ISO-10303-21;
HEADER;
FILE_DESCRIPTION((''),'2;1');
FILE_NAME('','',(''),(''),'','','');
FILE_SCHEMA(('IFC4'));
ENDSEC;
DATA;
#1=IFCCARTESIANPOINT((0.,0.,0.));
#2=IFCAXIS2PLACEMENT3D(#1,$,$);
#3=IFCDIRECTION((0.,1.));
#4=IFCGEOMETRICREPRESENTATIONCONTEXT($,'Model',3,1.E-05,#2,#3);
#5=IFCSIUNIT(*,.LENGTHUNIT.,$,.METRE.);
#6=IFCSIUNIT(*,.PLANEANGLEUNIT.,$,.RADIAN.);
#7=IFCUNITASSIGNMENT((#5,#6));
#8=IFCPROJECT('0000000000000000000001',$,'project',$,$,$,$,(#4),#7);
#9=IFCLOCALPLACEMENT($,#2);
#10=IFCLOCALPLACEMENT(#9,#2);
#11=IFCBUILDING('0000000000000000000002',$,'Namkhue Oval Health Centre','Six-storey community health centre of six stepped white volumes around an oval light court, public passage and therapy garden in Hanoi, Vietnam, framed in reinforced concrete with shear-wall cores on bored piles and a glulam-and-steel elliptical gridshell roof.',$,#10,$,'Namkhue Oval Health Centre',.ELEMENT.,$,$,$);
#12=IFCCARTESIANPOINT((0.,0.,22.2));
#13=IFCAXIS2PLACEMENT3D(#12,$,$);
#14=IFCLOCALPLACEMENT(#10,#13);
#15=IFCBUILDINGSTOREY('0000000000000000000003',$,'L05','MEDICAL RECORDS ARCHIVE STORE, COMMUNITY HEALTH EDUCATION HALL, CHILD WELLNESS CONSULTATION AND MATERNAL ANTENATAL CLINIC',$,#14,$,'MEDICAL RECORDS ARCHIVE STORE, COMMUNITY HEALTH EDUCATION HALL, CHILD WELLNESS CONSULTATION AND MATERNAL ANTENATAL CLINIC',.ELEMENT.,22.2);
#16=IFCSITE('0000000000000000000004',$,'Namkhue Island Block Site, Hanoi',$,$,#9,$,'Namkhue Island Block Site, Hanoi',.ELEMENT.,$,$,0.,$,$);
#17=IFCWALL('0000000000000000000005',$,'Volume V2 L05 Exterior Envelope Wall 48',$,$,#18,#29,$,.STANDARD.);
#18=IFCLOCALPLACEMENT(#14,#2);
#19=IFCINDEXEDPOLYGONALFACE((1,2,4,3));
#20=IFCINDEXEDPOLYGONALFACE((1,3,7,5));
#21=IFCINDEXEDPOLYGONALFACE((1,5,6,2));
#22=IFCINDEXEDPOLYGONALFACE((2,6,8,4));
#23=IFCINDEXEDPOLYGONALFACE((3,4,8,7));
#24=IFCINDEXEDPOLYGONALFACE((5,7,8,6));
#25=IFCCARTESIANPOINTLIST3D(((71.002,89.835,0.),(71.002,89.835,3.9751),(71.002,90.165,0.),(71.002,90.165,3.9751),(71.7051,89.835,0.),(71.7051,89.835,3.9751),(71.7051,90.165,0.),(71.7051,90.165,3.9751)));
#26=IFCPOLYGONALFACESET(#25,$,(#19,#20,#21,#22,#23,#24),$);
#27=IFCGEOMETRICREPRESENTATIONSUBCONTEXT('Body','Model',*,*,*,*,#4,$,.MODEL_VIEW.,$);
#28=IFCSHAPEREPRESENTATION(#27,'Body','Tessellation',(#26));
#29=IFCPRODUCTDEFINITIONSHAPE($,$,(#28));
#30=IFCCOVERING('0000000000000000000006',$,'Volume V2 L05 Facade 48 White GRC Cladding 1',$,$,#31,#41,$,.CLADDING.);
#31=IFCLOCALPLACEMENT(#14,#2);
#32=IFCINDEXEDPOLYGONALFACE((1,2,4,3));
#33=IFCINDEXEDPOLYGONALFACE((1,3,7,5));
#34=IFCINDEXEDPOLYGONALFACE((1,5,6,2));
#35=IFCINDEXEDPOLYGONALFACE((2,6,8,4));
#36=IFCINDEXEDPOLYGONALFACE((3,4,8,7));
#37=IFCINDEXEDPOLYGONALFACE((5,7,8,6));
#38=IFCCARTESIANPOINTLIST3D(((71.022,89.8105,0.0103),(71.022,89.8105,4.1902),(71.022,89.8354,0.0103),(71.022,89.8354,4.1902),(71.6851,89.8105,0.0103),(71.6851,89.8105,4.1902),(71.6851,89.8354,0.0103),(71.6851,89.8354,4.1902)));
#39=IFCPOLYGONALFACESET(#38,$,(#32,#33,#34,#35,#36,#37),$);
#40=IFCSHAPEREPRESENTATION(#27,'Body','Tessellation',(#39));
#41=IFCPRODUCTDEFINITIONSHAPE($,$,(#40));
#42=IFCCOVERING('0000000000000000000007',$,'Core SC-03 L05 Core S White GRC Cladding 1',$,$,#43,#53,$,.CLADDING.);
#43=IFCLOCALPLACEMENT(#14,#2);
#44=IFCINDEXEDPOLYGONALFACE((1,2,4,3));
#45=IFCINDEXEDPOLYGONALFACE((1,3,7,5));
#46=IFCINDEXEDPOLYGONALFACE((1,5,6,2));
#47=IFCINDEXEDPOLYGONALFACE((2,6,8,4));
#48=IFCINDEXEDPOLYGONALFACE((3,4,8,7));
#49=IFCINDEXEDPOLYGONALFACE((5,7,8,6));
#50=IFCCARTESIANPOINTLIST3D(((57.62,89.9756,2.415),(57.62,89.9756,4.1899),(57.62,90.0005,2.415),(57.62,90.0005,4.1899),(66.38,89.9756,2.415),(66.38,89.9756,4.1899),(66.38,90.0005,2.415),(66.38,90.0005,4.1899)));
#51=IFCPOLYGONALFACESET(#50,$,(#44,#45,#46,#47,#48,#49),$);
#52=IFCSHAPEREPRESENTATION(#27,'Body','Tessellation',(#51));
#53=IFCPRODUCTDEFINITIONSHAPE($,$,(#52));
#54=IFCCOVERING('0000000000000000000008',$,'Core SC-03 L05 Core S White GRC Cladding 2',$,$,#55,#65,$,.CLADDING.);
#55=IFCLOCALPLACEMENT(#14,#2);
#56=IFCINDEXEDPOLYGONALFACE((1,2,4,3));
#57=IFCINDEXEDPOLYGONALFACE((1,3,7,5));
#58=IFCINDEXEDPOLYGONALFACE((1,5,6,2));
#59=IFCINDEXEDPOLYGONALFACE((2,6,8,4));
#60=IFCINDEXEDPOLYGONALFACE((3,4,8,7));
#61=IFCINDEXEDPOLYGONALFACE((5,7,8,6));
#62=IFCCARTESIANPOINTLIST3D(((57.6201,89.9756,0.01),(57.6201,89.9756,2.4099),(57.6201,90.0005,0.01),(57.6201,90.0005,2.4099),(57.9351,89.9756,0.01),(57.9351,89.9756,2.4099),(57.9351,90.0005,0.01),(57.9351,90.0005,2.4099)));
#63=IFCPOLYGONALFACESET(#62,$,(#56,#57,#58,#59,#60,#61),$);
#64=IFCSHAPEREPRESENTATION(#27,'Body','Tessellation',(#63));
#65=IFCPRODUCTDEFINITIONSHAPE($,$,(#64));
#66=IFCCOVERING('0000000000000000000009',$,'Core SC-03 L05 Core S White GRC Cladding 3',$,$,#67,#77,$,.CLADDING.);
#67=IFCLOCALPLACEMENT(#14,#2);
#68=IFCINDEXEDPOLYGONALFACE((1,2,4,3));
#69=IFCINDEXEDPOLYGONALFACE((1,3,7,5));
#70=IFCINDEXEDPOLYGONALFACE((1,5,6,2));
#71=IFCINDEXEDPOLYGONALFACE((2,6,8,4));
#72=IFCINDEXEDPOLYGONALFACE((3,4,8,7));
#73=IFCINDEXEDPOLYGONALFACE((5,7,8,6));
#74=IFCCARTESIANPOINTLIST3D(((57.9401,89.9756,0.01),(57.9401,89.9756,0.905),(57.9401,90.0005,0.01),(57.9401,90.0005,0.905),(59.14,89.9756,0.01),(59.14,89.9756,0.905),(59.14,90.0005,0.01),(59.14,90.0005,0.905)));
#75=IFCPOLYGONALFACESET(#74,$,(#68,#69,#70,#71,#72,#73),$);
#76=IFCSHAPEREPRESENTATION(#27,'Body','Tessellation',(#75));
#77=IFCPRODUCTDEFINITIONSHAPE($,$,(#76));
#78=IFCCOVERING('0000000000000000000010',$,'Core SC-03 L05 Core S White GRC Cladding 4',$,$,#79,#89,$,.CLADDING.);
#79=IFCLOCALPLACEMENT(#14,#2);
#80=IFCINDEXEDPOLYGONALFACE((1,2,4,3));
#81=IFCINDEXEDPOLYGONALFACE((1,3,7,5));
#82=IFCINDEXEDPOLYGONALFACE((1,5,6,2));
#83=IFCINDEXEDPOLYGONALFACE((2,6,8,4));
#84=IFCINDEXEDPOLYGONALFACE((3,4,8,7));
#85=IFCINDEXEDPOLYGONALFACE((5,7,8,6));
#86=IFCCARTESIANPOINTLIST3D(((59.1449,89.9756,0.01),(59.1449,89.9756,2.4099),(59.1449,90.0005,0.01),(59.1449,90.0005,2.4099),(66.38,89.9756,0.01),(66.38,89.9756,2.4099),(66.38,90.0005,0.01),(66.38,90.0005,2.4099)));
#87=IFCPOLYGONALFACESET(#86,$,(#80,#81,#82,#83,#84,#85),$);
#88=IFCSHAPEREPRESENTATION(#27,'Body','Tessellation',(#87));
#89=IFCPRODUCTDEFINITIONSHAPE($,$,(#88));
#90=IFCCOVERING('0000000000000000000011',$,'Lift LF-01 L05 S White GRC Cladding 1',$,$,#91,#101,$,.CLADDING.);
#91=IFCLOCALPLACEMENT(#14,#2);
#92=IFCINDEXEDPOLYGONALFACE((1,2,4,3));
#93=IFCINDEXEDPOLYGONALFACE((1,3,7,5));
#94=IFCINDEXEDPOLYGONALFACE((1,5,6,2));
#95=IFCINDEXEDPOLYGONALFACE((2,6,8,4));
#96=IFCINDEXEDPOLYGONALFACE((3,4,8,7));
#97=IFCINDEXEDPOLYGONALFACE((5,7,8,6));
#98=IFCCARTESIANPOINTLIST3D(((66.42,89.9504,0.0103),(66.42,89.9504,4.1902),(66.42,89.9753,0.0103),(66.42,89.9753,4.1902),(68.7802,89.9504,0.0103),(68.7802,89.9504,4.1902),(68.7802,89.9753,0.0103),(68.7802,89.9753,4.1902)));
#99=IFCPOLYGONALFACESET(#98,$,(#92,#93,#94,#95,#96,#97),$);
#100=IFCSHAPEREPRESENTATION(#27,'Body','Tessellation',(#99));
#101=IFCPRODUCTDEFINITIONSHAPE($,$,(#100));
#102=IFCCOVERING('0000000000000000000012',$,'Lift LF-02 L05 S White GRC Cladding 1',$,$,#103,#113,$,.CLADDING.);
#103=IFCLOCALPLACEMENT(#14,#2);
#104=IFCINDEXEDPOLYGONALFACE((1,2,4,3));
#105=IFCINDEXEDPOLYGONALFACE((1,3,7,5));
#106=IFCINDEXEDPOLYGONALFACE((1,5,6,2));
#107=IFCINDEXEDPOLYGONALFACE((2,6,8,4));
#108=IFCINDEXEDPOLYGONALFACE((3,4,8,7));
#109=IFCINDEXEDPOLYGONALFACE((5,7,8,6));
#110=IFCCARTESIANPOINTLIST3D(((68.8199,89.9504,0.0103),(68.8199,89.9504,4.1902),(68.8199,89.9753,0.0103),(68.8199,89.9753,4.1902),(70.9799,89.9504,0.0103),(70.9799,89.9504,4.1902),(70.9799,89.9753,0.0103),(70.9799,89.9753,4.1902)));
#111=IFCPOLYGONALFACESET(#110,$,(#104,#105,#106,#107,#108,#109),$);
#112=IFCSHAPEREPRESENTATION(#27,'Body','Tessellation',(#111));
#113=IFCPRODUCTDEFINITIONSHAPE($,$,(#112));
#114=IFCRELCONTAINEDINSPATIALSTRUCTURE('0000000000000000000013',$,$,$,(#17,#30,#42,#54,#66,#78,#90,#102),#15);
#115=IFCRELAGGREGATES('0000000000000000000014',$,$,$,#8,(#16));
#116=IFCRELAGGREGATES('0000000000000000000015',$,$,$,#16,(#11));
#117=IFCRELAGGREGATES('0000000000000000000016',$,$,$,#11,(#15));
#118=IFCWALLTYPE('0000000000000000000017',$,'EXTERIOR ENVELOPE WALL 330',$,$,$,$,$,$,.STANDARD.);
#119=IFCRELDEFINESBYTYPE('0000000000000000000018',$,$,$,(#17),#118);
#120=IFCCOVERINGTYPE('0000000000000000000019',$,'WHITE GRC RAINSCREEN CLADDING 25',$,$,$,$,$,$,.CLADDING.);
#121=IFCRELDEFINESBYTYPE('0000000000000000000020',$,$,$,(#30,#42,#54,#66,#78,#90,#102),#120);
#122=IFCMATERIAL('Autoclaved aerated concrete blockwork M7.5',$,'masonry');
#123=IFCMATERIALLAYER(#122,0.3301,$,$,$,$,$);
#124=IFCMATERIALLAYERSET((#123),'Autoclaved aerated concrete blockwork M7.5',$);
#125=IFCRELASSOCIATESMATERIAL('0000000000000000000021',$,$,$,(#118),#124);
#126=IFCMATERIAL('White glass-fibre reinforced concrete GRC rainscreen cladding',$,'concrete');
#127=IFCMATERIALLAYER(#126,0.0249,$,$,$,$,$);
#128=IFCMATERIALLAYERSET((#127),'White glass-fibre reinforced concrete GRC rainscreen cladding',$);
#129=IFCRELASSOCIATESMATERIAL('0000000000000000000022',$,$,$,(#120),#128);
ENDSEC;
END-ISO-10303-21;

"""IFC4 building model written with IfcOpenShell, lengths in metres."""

from ifc_helpers import new_model, si_unit, direction, frame, frame_2d, origin, origin_2d, place, context, subcontext, project, spatial, rectangle, extrude, material, layer, layer_set, type_object, element, save


model = new_model("IFC4")

# Units and contexts
model_context = context("Model", 3, precision=1e-05, world=origin(), true_north=direction((0.0, 1.0)))
body_context = subcontext(model_context, "Body", "Model", "MODEL_VIEW")
ifc_project = project(units=[si_unit("LENGTHUNIT", "METRE"), si_unit("PLANEANGLEUNIT", "RADIAN")], contexts=[model_context])

# Site, building, storey
site_placement = place(None, origin())
site = spatial("IfcSite", under=ifc_project, at=site_placement, Name="Namkhue Island Block Site, Hanoi", LongName="Namkhue Island Block Site, Hanoi", CompositionType="ELEMENT", RefElevation=0.0)
building_placement = place(site_placement, origin())
building = spatial("IfcBuilding", under=site, at=building_placement, Name="Namkhue Oval Health Centre", Description="Six-storey community health centre of six stepped white volumes around an oval light court, public passage and therapy garden in Hanoi, Vietnam, framed in reinforced concrete with shear-wall cores on bored piles and a glulam-and-steel elliptical gridshell roof.", LongName="Namkhue Oval Health Centre", CompositionType="ELEMENT")
storey_placement = place(building_placement, frame((0.0, 0.0, 22.2)))
storey = spatial("IfcBuildingStorey", under=building, at=storey_placement, Name="L05", Description="MEDICAL RECORDS ARCHIVE STORE, COMMUNITY HEALTH EDUCATION HALL, CHILD WELLNESS CONSULTATION AND MATERNAL ANTENATAL CLINIC", LongName="MEDICAL RECORDS ARCHIVE STORE, COMMUNITY HEALTH EDUCATION HALL, CHILD WELLNESS CONSULTATION AND MATERNAL ANTENATAL CLINIC", CompositionType="ELEMENT", Elevation=22.2)

# Wall
ifc_material_1 = material(Name="Autoclaved aerated concrete blockwork M7.5", Category="masonry")
ifc_layer_1 = layer(ifc_material_1, 0.3301)
ifc_layer_set_1 = layer_set([ifc_layer_1], Name="Autoclaved aerated concrete blockwork M7.5")
wall_type = type_object("IfcWallType", Name="EXTERIOR ENVELOPE WALL 330", PredefinedType="STANDARD", material=ifc_layer_set_1)
wall_placement = place(storey_placement, frame((71.002, 90.0, 0.0), z_axis=(0.0, 0.0, 1.0), x_axis=(1.0, 0.0, 0.0)))
element("IfcWall", 1, at=wall_placement, inside=storey, type_object=wall_type, Name="Volume V2 L05 Exterior Envelope Wall 48", PredefinedType="STANDARD", context=body_context, shape_type="SweptSolid", body=[
    extrude(rectangle(XDim=0.7031, YDim=0.3301, at=frame_2d((0.3516, 0.0))), origin(), (0.0, 0.0, 1.0), 3.9751),
])

# Coverings
ifc_material_2 = material(Name="White glass-fibre reinforced concrete GRC rainscreen cladding", Category="concrete")
ifc_layer_2 = layer(ifc_material_2, 0.0249)
ifc_layer_set_2 = layer_set([ifc_layer_2], Name="White glass-fibre reinforced concrete GRC rainscreen cladding")
covering_type = type_object("IfcCoveringType", Name="WHITE GRC RAINSCREEN CLADDING 25", PredefinedType="CLADDING", material=ifc_layer_set_2)
covering_1_placement = place(storey_placement, frame((71.3535, 89.823, 0.0103), z_axis=(0.0, 0.0, 1.0), x_axis=(1.0, 0.0, 0.0)))
element("IfcCovering", 2, at=covering_1_placement, inside=storey, type_object=covering_type, Name="Volume V2 L05 Facade 48 White GRC Cladding 1", PredefinedType="CLADDING", context=body_context, shape_type="SweptSolid", body=[
    extrude(rectangle(XDim=0.6631, YDim=0.0249, at=origin_2d()), origin(), (0.0, 0.0, 1.0), 4.1799),
])
covering_2_placement = place(storey_placement, frame((62.0, 89.988, 2.415), z_axis=(0.0, 0.0, 1.0), x_axis=(1.0, 0.0, 0.0)))
element("IfcCovering", 3, at=covering_2_placement, inside=storey, type_object=covering_type, Name="Core SC-03 L05 Core S White GRC Cladding 1", PredefinedType="CLADDING", context=body_context, shape_type="SweptSolid", body=[
    extrude(rectangle(XDim=8.76, YDim=0.0249, at=origin_2d()), origin(), (0.0, 0.0, 1.0), 1.7749),
])
covering_3_placement = place(storey_placement, frame((57.7776, 89.988, 0.01), z_axis=(0.0, 0.0, 1.0), x_axis=(1.0, 0.0, 0.0)))
element("IfcCovering", 4, at=covering_3_placement, inside=storey, type_object=covering_type, Name="Core SC-03 L05 Core S White GRC Cladding 2", PredefinedType="CLADDING", context=body_context, shape_type="SweptSolid", body=[
    extrude(rectangle(XDim=0.3149, YDim=0.0249, at=origin_2d()), origin(), (0.0, 0.0, 1.0), 2.3999),
])
covering_4_placement = place(storey_placement, frame((58.54, 89.988, 0.01), z_axis=(0.0, 0.0, 1.0), x_axis=(1.0, 0.0, 0.0)))
element("IfcCovering", 5, at=covering_4_placement, inside=storey, type_object=covering_type, Name="Core SC-03 L05 Core S White GRC Cladding 3", PredefinedType="CLADDING", context=body_context, shape_type="SweptSolid", body=[
    extrude(rectangle(XDim=1.2, YDim=0.0249, at=origin_2d()), origin(), (0.0, 0.0, 1.0), 0.895),
])
covering_5_placement = place(storey_placement, frame((62.7625, 89.988, 0.01), z_axis=(0.0, 0.0, 1.0), x_axis=(1.0, 0.0, 0.0)))
element("IfcCovering", 6, at=covering_5_placement, inside=storey, type_object=covering_type, Name="Core SC-03 L05 Core S White GRC Cladding 4", PredefinedType="CLADDING", context=body_context, shape_type="SweptSolid", body=[
    extrude(rectangle(XDim=7.2351, YDim=0.0249, at=origin_2d()), origin(), (0.0, 0.0, 1.0), 2.3999),
])
covering_6_placement = place(storey_placement, frame((67.6001, 89.9629, 0.0103), z_axis=(0.0, 0.0, 1.0), x_axis=(1.0, 0.0, 0.0)))
element("IfcCovering", 7, at=covering_6_placement, inside=storey, type_object=covering_type, Name="Lift LF-01 L05 S White GRC Cladding 1", PredefinedType="CLADDING", context=body_context, shape_type="SweptSolid", body=[
    extrude(rectangle(XDim=2.3601, YDim=0.0249, at=origin_2d()), origin(), (0.0, 0.0, 1.0), 4.1799),
])
covering_7_placement = place(storey_placement, frame((69.8999, 89.9629, 0.0103), z_axis=(0.0, 0.0, 1.0), x_axis=(1.0, 0.0, 0.0)))
element("IfcCovering", 8, at=covering_7_placement, inside=storey, type_object=covering_type, Name="Lift LF-02 L05 S White GRC Cladding 1", PredefinedType="CLADDING", context=body_context, shape_type="SweptSolid", body=[
    extrude(rectangle(XDim=2.1599, YDim=0.0249, at=origin_2d()), origin(), (0.0, 0.0, 1.0), 4.1799),
])

save(model, "model.ifc")
